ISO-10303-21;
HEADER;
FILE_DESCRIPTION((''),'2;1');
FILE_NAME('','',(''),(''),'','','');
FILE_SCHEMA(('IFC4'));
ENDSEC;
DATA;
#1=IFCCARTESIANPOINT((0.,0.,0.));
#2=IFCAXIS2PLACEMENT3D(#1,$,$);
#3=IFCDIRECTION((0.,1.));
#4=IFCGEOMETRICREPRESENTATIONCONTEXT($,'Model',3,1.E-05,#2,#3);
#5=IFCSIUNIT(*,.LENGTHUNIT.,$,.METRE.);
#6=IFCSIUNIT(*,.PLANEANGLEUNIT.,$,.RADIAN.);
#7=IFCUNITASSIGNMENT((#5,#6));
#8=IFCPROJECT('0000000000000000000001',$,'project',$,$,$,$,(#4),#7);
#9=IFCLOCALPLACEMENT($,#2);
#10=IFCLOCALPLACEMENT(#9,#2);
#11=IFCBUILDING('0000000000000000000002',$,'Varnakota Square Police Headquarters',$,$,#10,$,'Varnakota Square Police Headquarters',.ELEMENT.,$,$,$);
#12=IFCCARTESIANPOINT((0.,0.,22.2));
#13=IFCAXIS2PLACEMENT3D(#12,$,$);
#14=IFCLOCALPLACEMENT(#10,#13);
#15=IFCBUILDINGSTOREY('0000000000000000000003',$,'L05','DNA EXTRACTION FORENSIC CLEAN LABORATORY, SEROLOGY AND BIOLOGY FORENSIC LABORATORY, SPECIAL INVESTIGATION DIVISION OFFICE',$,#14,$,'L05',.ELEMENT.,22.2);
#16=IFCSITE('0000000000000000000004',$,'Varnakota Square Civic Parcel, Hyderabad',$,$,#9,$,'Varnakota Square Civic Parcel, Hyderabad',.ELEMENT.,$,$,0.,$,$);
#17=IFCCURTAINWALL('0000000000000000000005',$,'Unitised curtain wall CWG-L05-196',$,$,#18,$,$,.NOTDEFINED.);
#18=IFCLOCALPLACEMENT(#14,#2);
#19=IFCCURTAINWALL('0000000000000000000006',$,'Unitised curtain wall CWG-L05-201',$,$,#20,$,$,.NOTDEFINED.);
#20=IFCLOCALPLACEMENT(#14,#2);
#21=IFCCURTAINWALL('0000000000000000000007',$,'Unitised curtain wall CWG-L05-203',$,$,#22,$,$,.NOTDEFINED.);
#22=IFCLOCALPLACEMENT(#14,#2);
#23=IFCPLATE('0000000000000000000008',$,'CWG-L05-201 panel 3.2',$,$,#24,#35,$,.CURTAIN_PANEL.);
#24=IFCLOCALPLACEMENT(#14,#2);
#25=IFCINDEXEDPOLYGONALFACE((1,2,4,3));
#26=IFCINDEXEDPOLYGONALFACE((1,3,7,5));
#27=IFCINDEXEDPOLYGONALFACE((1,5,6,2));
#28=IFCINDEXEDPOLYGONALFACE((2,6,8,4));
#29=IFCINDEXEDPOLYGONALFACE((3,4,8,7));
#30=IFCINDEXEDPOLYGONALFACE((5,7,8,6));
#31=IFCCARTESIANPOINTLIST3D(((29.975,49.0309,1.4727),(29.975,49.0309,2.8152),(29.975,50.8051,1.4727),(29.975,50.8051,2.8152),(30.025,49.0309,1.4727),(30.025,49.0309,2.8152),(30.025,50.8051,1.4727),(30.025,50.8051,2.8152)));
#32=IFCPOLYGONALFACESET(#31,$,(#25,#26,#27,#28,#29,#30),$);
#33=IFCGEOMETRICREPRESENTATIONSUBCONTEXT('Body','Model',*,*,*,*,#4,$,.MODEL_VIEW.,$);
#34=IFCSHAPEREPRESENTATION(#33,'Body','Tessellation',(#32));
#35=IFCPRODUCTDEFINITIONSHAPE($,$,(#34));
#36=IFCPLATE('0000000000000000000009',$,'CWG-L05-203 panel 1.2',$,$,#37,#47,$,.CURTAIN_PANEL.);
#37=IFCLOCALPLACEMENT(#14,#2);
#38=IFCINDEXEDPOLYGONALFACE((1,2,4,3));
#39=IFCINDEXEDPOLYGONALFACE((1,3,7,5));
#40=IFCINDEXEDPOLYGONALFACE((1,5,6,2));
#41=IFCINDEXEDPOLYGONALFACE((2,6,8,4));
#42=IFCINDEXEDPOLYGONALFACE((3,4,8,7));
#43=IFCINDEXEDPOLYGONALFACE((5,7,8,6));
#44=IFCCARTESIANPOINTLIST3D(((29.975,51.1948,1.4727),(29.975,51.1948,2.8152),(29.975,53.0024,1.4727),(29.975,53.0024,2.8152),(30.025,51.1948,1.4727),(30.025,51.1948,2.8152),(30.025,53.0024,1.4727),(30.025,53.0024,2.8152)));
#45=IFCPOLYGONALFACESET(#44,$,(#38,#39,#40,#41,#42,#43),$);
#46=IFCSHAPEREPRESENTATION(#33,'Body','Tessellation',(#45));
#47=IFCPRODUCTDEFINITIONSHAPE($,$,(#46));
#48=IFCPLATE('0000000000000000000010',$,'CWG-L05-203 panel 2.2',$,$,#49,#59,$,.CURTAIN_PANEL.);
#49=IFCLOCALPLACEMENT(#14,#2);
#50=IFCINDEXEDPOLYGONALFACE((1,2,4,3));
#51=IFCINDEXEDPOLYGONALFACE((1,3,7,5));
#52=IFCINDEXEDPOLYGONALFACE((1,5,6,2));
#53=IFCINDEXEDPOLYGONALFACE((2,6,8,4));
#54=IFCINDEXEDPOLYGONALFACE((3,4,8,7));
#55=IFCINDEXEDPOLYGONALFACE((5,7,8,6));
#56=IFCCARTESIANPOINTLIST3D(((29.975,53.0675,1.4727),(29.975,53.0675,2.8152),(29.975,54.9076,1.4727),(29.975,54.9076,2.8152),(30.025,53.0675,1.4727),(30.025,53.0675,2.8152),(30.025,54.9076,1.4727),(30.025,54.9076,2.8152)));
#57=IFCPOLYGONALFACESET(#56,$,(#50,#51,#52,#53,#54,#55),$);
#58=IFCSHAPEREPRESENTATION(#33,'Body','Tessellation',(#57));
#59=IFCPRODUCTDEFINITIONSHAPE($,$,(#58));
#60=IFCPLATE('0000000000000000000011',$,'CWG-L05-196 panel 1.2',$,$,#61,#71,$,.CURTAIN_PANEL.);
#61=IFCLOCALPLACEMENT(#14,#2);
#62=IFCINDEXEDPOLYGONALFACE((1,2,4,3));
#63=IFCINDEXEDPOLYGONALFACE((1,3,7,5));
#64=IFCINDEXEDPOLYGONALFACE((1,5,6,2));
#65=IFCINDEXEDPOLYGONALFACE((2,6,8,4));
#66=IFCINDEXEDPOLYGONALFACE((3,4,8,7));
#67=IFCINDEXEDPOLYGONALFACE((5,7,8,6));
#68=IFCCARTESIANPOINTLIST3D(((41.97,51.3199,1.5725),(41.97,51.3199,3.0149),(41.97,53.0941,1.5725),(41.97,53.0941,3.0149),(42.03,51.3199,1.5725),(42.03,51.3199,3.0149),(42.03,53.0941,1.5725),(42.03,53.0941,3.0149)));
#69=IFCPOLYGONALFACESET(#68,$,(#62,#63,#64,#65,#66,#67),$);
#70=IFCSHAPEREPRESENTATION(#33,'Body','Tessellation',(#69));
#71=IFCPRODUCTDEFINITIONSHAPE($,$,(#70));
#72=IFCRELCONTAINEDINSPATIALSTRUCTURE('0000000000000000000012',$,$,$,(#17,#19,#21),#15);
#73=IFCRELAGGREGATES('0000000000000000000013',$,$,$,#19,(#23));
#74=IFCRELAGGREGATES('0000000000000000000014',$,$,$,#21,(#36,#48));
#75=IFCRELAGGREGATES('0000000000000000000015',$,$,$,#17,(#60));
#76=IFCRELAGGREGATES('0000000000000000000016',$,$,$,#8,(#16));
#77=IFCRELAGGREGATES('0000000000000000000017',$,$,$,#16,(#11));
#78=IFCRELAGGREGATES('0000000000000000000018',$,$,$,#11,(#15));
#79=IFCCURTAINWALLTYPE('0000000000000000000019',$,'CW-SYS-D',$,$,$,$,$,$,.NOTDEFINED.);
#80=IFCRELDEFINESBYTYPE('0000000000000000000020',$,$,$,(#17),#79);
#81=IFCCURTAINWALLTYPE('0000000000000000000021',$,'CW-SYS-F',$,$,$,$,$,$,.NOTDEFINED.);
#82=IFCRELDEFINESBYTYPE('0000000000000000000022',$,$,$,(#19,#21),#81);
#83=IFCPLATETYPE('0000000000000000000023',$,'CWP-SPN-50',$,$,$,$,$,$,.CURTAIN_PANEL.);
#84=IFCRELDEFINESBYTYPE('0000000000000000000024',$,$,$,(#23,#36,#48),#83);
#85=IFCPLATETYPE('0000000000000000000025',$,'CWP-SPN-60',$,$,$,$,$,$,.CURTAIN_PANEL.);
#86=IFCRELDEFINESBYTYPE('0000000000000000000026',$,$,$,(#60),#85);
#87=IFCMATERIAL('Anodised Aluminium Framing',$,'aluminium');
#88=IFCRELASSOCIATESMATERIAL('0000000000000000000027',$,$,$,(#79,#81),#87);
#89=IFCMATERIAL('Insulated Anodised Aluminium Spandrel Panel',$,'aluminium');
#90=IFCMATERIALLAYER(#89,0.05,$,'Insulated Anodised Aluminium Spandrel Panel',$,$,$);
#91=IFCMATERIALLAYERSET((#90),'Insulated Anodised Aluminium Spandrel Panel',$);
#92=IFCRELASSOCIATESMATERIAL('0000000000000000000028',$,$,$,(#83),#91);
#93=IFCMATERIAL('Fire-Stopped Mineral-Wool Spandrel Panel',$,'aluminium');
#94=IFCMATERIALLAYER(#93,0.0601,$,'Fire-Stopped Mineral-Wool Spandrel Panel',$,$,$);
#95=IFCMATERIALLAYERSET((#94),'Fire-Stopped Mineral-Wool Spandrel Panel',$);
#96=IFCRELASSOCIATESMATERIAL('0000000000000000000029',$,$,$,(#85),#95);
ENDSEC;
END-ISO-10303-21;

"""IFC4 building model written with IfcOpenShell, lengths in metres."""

from ifc_helpers import new_model, si_unit, direction, frame, origin, origin_2d, place, context, subcontext, project, spatial, rectangle, extrude, material, layer, layer_set, type_object, element, aggregate, save


model = new_model("IFC4")

# Units and contexts
model_context = context("Model", 3, precision=1e-05, world=origin(), true_north=direction((0.0, 1.0)))
body_context = subcontext(model_context, "Body", "Model", "MODEL_VIEW")
ifc_project = project(units=[si_unit("LENGTHUNIT", "METRE"), si_unit("PLANEANGLEUNIT", "RADIAN")], contexts=[model_context])

# Site, building, storey
site_placement = place(None, origin())
site = spatial("IfcSite", under=ifc_project, at=site_placement, Name="Varnakota Square Civic Parcel, Hyderabad", LongName="Varnakota Square Civic Parcel, Hyderabad", CompositionType="ELEMENT", RefElevation=0.0)
building_placement = place(site_placement, origin())
building = spatial("IfcBuilding", under=site, at=building_placement, Name="Varnakota Square Police Headquarters", LongName="Varnakota Square Police Headquarters", CompositionType="ELEMENT")
storey_placement = place(building_placement, frame((0.0, 0.0, 22.2)))
storey = spatial("IfcBuildingStorey", under=building, at=storey_placement, Name="L05", Description="DNA EXTRACTION FORENSIC CLEAN LABORATORY, SEROLOGY AND BIOLOGY FORENSIC LABORATORY, SPECIAL INVESTIGATION DIVISION OFFICE", LongName="L05", CompositionType="ELEMENT", Elevation=22.2)

# Shared definitions
ifc_material_1 = material(Name="Anodised Aluminium Framing", Category="aluminium")
curtain_wall_type_1 = type_object("IfcCurtainWallType", Name="CW-SYS-D", PredefinedType="NOTDEFINED", material=ifc_material_1)

# Curtain wall
curtain_wall_1_placement = place(storey_placement, origin())
curtain_wall_1 = element("IfcCurtainWall", 1, at=curtain_wall_1_placement, inside=storey, type_object=curtain_wall_type_1, Name="Unitised curtain wall CWG-L05-196", PredefinedType="NOTDEFINED")

# Curtain wall
curtain_wall_type_2 = type_object("IfcCurtainWallType", Name="CW-SYS-F", PredefinedType="NOTDEFINED", material=ifc_material_1)
curtain_wall_2_placement = place(storey_placement, origin())
curtain_wall_2 = element("IfcCurtainWall", 2, at=curtain_wall_2_placement, inside=storey, type_object=curtain_wall_type_2, Name="Unitised curtain wall CWG-L05-201", PredefinedType="NOTDEFINED")

# Curtain wall
curtain_wall_3_placement = place(storey_placement, origin())
curtain_wall_3 = element("IfcCurtainWall", 3, at=curtain_wall_3_placement, inside=storey, type_object=curtain_wall_type_2, Name="Unitised curtain wall CWG-L05-203", PredefinedType="NOTDEFINED")

# Plates
ifc_material_2 = material(Name="Insulated Anodised Aluminium Spandrel Panel", Category="aluminium")
ifc_layer_1 = layer(ifc_material_2, 0.05, Name="Insulated Anodised Aluminium Spandrel Panel")
ifc_layer_set_1 = layer_set([ifc_layer_1], Name="Insulated Anodised Aluminium Spandrel Panel")
plate_type_1 = type_object("IfcPlateType", Name="CWP-SPN-50", PredefinedType="CURTAIN_PANEL", material=ifc_layer_set_1)
plate_1_placement = place(storey_placement, frame((30.0, 49.918, 1.4727), z_axis=(0.0, 0.0, 1.0), x_axis=(0.0, 1.0, 0.0)))
plate_1 = element("IfcPlate", 4, at=plate_1_placement, type_object=plate_type_1, Name="CWG-L05-201 panel 3.2", PredefinedType="CURTAIN_PANEL", context=body_context, shape_type="SweptSolid", body=[
    extrude(rectangle(XDim=1.7742, YDim=0.05, at=origin_2d()), origin(), (0.0, 0.0, 1.0), 1.3425),
])
aggregate(curtain_wall_2, [plate_1])
plate_2_placement = place(storey_placement, frame((30.0, 52.0986, 1.4727), z_axis=(0.0, 0.0, 1.0), x_axis=(0.0, 1.0, 0.0)))
plate_2 = element("IfcPlate", 5, at=plate_2_placement, type_object=plate_type_1, Name="CWG-L05-203 panel 1.2", PredefinedType="CURTAIN_PANEL", context=body_context, shape_type="SweptSolid", body=[
    extrude(rectangle(XDim=1.8076, YDim=0.05, at=origin_2d()), origin(), (0.0, 0.0, 1.0), 1.3425),
])
plate_3_placement = place(storey_placement, frame((30.0, 53.9875, 1.4727), z_axis=(0.0, 0.0, 1.0), x_axis=(0.0, 1.0, 0.0)))
plate_3 = element("IfcPlate", 6, at=plate_3_placement, type_object=plate_type_1, Name="CWG-L05-203 panel 2.2", PredefinedType="CURTAIN_PANEL", context=body_context, shape_type="SweptSolid", body=[
    extrude(rectangle(XDim=1.8401, YDim=0.05, at=origin_2d()), origin(), (0.0, 0.0, 1.0), 1.3425),
])
aggregate(curtain_wall_3, [plate_2, plate_3])
ifc_material_3 = material(Name="Fire-Stopped Mineral-Wool Spandrel Panel", Category="aluminium")
ifc_layer_2 = layer(ifc_material_3, 0.0601, Name="Fire-Stopped Mineral-Wool Spandrel Panel")
ifc_layer_set_2 = layer_set([ifc_layer_2], Name="Fire-Stopped Mineral-Wool Spandrel Panel")
plate_type_2 = type_object("IfcPlateType", Name="CWP-SPN-60", PredefinedType="CURTAIN_PANEL", material=ifc_layer_set_2)
plate_4_placement = place(storey_placement, frame((42.0, 52.207, 1.5725), z_axis=(0.0, 0.0, 1.0), x_axis=(0.0, 1.0, 0.0)))
plate_4 = element("IfcPlate", 7, at=plate_4_placement, type_object=plate_type_2, Name="CWG-L05-196 panel 1.2", PredefinedType="CURTAIN_PANEL", context=body_context, shape_type="SweptSolid", body=[
    extrude(rectangle(XDim=1.7742, YDim=0.0601, at=origin_2d()), origin(), (0.0, 0.0, 1.0), 1.4424),
])
aggregate(curtain_wall_1, [plate_4])

save(model, "model.ifc")
